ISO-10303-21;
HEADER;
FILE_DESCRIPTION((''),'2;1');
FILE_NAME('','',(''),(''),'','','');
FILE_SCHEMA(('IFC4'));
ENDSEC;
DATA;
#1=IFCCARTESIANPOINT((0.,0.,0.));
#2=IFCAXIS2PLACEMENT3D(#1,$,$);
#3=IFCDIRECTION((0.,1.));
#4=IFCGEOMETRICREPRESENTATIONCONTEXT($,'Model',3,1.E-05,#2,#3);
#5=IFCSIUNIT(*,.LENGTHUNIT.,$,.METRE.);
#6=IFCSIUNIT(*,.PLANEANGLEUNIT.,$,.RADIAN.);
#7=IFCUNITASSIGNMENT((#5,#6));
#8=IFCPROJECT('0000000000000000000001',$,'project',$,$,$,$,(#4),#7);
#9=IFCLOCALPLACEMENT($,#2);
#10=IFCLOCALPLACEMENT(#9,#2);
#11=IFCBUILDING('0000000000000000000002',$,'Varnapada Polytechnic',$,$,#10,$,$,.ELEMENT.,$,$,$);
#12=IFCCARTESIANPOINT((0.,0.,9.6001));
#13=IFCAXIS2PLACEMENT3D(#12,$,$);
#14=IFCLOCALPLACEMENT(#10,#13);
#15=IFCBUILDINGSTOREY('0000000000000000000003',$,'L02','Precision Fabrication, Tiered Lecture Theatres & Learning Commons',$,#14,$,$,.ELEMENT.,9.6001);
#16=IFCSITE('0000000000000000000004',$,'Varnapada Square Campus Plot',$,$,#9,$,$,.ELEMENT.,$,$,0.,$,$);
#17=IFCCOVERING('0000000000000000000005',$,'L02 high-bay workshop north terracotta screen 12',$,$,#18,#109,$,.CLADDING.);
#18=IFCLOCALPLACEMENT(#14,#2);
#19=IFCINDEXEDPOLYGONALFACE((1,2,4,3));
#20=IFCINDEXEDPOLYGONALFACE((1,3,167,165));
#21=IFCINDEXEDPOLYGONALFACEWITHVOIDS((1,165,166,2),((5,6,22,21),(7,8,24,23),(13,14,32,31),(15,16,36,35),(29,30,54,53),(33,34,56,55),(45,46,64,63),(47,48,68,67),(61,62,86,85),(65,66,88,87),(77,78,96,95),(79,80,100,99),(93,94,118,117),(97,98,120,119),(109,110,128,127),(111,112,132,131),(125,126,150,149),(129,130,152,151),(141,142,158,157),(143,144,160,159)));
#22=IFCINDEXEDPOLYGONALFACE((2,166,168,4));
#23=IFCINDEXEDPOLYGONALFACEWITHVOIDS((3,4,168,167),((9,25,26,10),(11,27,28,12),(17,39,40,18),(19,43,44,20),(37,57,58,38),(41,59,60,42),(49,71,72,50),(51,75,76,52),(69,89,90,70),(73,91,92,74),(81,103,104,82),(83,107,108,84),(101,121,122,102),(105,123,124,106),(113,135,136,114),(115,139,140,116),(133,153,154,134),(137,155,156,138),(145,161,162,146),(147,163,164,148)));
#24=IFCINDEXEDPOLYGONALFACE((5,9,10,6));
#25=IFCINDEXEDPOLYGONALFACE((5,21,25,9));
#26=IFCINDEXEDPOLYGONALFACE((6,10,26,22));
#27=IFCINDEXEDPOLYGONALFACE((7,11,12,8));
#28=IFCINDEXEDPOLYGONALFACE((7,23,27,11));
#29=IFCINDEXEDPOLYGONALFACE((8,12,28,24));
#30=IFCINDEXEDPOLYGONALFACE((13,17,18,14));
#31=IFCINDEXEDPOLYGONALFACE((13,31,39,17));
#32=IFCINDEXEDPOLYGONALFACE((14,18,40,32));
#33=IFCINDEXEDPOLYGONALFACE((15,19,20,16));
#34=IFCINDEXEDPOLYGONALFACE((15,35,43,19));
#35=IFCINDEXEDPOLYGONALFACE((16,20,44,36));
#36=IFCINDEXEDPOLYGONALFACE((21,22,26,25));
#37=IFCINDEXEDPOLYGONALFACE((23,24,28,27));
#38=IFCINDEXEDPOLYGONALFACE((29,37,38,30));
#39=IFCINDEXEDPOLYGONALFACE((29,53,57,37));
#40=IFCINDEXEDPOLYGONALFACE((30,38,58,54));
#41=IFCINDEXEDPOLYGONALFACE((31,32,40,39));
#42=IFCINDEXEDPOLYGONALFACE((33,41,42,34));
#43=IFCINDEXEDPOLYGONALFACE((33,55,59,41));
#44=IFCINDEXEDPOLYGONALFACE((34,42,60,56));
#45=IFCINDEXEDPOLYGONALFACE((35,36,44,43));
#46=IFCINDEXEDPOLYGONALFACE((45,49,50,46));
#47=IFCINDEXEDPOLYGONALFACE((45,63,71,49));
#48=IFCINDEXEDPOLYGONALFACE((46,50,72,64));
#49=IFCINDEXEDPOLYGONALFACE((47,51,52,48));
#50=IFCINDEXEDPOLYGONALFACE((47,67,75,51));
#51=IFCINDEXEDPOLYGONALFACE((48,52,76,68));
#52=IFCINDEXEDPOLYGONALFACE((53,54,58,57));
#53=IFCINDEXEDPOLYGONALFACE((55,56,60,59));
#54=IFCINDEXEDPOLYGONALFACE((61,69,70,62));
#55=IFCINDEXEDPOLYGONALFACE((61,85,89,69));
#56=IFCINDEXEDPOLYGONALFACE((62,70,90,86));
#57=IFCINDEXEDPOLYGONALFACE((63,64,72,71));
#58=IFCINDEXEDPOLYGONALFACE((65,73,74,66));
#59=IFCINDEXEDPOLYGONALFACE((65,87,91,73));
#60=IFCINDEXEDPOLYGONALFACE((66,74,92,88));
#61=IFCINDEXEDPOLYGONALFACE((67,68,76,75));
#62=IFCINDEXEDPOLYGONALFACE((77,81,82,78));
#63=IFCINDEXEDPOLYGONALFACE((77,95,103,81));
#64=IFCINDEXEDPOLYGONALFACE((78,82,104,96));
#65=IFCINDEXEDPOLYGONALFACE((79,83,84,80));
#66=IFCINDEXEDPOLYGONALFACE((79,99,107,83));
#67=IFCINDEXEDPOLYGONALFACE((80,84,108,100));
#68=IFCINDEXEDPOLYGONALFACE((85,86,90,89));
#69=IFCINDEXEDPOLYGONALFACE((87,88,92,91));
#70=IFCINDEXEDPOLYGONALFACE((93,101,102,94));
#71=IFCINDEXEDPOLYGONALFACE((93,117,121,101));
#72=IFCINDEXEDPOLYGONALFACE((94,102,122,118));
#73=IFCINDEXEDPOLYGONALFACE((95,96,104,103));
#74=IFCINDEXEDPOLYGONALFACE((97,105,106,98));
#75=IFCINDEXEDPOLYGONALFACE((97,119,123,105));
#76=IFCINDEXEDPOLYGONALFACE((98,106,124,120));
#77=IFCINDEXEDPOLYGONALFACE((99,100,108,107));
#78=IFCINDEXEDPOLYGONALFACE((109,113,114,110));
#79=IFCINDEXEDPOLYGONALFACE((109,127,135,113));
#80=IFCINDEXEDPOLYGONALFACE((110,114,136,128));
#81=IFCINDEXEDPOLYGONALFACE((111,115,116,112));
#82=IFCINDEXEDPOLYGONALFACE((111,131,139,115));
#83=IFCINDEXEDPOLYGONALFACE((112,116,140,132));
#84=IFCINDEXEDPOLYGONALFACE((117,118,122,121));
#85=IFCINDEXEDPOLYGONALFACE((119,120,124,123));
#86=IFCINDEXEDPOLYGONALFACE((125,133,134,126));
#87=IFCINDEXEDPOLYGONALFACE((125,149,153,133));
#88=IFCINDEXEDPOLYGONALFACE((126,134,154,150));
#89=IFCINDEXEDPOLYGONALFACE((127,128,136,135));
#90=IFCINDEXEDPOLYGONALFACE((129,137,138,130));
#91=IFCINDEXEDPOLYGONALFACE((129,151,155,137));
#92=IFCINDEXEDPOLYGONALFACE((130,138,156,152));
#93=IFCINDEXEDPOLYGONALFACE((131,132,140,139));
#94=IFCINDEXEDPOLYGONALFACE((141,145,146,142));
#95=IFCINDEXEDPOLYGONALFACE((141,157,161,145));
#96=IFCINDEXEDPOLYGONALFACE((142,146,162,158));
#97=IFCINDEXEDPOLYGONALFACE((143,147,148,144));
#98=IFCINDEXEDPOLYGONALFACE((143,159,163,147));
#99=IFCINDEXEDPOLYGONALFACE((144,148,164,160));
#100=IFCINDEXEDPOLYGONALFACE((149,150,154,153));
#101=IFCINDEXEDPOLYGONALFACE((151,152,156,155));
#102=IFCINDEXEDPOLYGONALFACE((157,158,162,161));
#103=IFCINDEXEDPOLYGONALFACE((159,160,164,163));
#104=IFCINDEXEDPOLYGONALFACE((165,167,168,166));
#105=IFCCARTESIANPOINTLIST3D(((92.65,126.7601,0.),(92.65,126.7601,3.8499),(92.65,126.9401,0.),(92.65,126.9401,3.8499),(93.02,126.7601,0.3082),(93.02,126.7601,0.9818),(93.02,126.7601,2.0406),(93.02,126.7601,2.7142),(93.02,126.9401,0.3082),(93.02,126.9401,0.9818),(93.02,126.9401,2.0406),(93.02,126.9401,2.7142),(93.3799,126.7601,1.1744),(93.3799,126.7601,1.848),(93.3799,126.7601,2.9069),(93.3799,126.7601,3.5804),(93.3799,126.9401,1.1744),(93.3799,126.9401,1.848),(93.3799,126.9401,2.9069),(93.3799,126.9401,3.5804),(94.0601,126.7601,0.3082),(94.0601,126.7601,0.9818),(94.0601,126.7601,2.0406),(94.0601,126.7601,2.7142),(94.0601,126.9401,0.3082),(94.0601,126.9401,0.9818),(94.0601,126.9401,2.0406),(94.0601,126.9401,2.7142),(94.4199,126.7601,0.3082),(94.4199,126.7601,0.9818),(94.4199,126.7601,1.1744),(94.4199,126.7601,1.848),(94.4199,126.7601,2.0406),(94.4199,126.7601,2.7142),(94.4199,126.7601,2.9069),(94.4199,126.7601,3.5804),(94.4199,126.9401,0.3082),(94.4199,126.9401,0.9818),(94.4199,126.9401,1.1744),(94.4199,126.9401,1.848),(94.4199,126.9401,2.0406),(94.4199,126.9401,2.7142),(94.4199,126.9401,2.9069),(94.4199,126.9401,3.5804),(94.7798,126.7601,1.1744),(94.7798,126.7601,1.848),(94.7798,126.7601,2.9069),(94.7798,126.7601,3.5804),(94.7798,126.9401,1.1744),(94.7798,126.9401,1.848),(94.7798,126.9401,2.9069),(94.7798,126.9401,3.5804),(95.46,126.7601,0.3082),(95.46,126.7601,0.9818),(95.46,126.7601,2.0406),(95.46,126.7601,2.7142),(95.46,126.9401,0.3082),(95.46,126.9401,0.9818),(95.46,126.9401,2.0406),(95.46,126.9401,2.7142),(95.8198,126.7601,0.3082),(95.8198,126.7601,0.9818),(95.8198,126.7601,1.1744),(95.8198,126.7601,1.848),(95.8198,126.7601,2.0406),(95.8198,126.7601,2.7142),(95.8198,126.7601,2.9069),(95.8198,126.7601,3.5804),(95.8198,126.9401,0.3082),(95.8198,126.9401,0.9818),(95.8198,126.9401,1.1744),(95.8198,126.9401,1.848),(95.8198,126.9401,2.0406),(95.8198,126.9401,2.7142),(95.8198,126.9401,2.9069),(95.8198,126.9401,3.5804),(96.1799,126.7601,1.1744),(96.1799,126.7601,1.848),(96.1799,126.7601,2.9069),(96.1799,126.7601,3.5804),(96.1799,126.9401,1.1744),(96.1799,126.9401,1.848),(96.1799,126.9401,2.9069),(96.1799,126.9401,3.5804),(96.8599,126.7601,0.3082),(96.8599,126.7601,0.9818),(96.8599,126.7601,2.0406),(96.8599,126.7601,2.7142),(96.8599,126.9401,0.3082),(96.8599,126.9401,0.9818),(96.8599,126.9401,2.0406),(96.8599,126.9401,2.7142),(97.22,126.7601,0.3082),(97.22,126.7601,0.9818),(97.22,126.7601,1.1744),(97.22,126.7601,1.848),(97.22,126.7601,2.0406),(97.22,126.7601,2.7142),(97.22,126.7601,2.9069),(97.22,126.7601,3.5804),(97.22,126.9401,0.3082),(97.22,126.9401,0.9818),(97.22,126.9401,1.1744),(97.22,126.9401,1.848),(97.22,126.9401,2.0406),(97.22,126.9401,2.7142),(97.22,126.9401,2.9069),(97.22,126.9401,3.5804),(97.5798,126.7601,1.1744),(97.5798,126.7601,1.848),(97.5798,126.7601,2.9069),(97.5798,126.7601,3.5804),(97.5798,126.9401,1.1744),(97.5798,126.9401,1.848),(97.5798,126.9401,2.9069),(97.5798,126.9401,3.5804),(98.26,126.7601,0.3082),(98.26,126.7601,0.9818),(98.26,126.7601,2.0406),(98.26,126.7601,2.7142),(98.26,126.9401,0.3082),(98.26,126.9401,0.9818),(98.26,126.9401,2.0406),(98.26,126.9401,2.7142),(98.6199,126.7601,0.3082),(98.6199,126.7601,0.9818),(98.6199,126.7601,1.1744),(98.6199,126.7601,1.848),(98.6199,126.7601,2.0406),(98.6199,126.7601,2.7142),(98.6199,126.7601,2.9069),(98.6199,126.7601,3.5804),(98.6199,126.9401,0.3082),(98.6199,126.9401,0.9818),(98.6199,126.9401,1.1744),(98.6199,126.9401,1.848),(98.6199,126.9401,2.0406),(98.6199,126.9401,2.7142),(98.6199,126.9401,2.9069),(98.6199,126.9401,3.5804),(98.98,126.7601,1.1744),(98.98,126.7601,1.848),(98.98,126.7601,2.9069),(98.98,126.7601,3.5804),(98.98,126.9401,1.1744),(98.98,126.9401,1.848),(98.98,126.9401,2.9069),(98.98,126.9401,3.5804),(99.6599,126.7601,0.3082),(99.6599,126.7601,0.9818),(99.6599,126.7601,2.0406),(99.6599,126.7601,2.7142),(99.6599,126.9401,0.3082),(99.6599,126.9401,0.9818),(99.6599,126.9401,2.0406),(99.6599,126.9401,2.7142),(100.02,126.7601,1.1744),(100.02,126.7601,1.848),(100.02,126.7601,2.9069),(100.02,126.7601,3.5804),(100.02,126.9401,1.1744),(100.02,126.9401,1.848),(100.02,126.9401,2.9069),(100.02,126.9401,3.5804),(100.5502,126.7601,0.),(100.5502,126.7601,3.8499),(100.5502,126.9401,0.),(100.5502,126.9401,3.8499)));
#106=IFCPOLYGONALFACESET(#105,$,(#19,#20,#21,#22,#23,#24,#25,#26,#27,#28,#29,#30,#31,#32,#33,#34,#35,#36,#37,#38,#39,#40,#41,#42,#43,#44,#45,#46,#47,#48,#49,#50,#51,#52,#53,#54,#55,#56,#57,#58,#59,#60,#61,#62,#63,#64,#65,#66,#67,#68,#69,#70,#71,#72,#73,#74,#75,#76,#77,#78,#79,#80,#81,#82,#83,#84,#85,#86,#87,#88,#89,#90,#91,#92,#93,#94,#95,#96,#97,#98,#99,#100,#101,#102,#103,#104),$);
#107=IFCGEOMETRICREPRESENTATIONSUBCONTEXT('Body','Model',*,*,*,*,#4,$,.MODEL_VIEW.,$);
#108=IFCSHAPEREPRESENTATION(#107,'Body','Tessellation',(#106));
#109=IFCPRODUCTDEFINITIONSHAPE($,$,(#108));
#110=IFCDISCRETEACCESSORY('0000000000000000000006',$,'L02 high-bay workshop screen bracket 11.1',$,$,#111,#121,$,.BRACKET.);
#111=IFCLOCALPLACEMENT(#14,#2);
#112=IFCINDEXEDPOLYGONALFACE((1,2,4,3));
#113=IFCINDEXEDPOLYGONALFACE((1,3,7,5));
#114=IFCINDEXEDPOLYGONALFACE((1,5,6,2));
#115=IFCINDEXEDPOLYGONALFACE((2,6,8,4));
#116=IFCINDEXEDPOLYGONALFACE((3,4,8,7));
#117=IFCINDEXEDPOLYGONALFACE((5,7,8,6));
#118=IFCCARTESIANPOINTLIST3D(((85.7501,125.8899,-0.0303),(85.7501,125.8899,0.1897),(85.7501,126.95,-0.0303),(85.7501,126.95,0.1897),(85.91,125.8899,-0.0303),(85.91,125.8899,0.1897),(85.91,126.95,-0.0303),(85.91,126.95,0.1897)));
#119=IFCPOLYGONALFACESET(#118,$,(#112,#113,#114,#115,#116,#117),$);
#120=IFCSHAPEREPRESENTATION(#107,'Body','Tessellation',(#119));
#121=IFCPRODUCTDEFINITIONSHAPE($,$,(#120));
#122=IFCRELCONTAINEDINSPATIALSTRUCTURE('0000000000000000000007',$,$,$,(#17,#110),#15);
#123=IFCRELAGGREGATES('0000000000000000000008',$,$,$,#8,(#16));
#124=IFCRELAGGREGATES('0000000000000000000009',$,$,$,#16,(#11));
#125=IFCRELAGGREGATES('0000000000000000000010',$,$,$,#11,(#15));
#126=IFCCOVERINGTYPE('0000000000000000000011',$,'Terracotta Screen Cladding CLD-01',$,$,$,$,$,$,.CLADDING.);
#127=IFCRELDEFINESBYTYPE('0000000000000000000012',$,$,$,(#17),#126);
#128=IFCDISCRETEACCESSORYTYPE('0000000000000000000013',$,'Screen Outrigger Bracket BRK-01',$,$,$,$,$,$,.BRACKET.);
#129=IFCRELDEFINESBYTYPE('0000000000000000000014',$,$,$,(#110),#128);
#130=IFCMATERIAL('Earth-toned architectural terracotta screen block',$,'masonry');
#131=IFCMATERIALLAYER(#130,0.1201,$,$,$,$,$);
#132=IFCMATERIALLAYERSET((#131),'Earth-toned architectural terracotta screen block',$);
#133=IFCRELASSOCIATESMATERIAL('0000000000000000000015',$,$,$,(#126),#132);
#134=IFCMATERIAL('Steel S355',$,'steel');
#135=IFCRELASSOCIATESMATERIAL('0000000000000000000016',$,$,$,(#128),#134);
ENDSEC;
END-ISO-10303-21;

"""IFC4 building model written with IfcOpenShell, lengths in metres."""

from ifc_helpers import new_model, si_unit, direction, frame, frame_2d, origin, origin_2d, place, context, subcontext, project, spatial, rectangle, extrude, material, layer, layer_set, type_object, element, save


model = new_model("IFC4")

# Units and contexts
model_context = context("Model", 3, precision=1e-05, world=origin(), true_north=direction((0.0, 1.0)))
body_context = subcontext(model_context, "Body", "Model", "MODEL_VIEW")
ifc_project = project(units=[si_unit("LENGTHUNIT", "METRE"), si_unit("PLANEANGLEUNIT", "RADIAN")], contexts=[model_context])

# Site, building, storey
site_placement = place(None, origin())
site = spatial("IfcSite", under=ifc_project, at=site_placement, Name="Varnapada Square Campus Plot", CompositionType="ELEMENT", RefElevation=0.0)
building_placement = place(site_placement, origin())
building = spatial("IfcBuilding", under=site, at=building_placement, Name="Varnapada Polytechnic", CompositionType="ELEMENT")
storey_placement = place(building_placement, frame((0.0, 0.0, 9.6001)))
storey = spatial("IfcBuildingStorey", under=building, at=storey_placement, Name="L02", Description="Precision Fabrication, Tiered Lecture Theatres & Learning Commons", CompositionType="ELEMENT", Elevation=9.6001)

# Covering, openings
ifc_material_1 = material(Name="Earth-toned architectural terracotta screen block", Category="masonry")
ifc_layer = layer(ifc_material_1, 0.1201)
ifc_layer_set = layer_set([ifc_layer], Name="Earth-toned architectural terracotta screen block")
covering_type = type_object("IfcCoveringType", Name="Terracotta Screen Cladding CLD-01", PredefinedType="CLADDING", material=ifc_layer_set)
covering_placement = place(storey_placement, frame((92.6499, 126.8501, 0.0), z_axis=(0.0, 0.0, 1.0), x_axis=(1.0, 0.0, 0.0)))
covering = element("IfcCovering", 1, at=covering_placement, inside=storey, type_object=covering_type, Name="L02 high-bay workshop north terracotta screen 12", PredefinedType="CLADDING", context=body_context, shape_type="SweptSolid", body=[
    extrude(rectangle(XDim=7.9001, YDim=0.1799, at=frame_2d((3.9502, 0.0))), origin(), (0.0, 0.0, 1.0), 3.8499),
])
opening_1_placement = place(covering_placement, frame((0.3701, 0.0, 0.3081)))
element("IfcOpeningElement", 2, at=opening_1_placement, cuts=covering, PredefinedType="OPENING", context=body_context, shape_type="SweptSolid", body=[
    extrude(rectangle(XDim=1.04, YDim=0.6736, at=frame_2d((0.52, 0.3369))), frame((0.0, 0.0999, 0.0), z_axis=(0.0, -1.0, 0.0), x_axis=(1.0, 0.0, 0.0)), (0.0, 0.0, 1.0), 0.2),
])
opening_2_placement = place(covering_placement, frame((1.77, 0.0, 0.3081)))
element("IfcOpeningElement", 3, at=opening_2_placement, cuts=covering, PredefinedType="OPENING", context=body_context, shape_type="SweptSolid", body=[
    extrude(rectangle(XDim=1.04, YDim=0.6736, at=frame_2d((0.52, 0.3369))), frame((0.0, 0.0999, 0.0), z_axis=(0.0, -1.0, 0.0), x_axis=(1.0, 0.0, 0.0)), (0.0, 0.0, 1.0), 0.2),
])
opening_3_placement = place(covering_placement, frame((3.1699, 0.0, 0.3081)))
element("IfcOpeningElement", 4, at=opening_3_placement, cuts=covering, PredefinedType="OPENING", context=body_context, shape_type="SweptSolid", body=[
    extrude(rectangle(XDim=1.04, YDim=0.6736, at=frame_2d((0.52, 0.3369))), frame((0.0, 0.0999, 0.0), z_axis=(0.0, -1.0, 0.0), x_axis=(1.0, 0.0, 0.0)), (0.0, 0.0, 1.0), 0.2),
])
opening_4_placement = place(covering_placement, frame((4.5701, 0.0, 0.3081)))
element("IfcOpeningElement", 5, at=opening_4_placement, cuts=covering, PredefinedType="OPENING", context=body_context, shape_type="SweptSolid", body=[
    extrude(rectangle(XDim=1.04, YDim=0.6736, at=frame_2d((0.52, 0.3369))), frame((0.0, 0.0999, 0.0), z_axis=(0.0, -1.0, 0.0), x_axis=(1.0, 0.0, 0.0)), (0.0, 0.0, 1.0), 0.2),
])
opening_5_placement = place(covering_placement, frame((5.97, 0.0, 0.3081)))
element("IfcOpeningElement", 6, at=opening_5_placement, cuts=covering, PredefinedType="OPENING", context=body_context, shape_type="SweptSolid", body=[
    extrude(rectangle(XDim=1.04, YDim=0.6736, at=frame_2d((0.52, 0.3369))), frame((0.0, 0.0999, 0.0), z_axis=(0.0, -1.0, 0.0), x_axis=(1.0, 0.0, 0.0)), (0.0, 0.0, 1.0), 0.2),
])
opening_6_placement = place(covering_placement, frame((0.73, 0.0, 1.1743)))
element("IfcOpeningElement", 7, at=opening_6_placement, cuts=covering, PredefinedType="OPENING", context=body_context, shape_type="SweptSolid", body=[
    extrude(rectangle(XDim=1.04, YDim=0.6736, at=frame_2d((0.52, 0.3369))), frame((0.0, 0.0999, 0.0), z_axis=(0.0, -1.0, 0.0), x_axis=(1.0, 0.0, 0.0)), (0.0, 0.0, 1.0), 0.2),
])
opening_7_placement = place(covering_placement, frame((2.1299, 0.0, 1.1743)))
element("IfcOpeningElement", 8, at=opening_7_placement, cuts=covering, PredefinedType="OPENING", context=body_context, shape_type="SweptSolid", body=[
    extrude(rectangle(XDim=1.04, YDim=0.6736, at=frame_2d((0.52, 0.3369))), frame((0.0, 0.0999, 0.0), z_axis=(0.0, -1.0, 0.0), x_axis=(1.0, 0.0, 0.0)), (0.0, 0.0, 1.0), 0.2),
])
opening_8_placement = place(covering_placement, frame((3.53, 0.0, 1.1743)))
element("IfcOpeningElement", 9, at=opening_8_placement, cuts=covering, PredefinedType="OPENING", context=body_context, shape_type="SweptSolid", body=[
    extrude(rectangle(XDim=1.04, YDim=0.6736, at=frame_2d((0.52, 0.3369))), frame((0.0, 0.0999, 0.0), z_axis=(0.0, -1.0, 0.0), x_axis=(1.0, 0.0, 0.0)), (0.0, 0.0, 1.0), 0.2),
])
opening_9_placement = place(covering_placement, frame((4.9299, 0.0, 1.1743)))
element("IfcOpeningElement", 10, at=opening_9_placement, cuts=covering, PredefinedType="OPENING", context=body_context, shape_type="SweptSolid", body=[
    extrude(rectangle(XDim=1.04, YDim=0.6736, at=frame_2d((0.52, 0.3369))), frame((0.0, 0.0999, 0.0), z_axis=(0.0, -1.0, 0.0), x_axis=(1.0, 0.0, 0.0)), (0.0, 0.0, 1.0), 0.2),
])
opening_10_placement = place(covering_placement, frame((6.3301, 0.0, 1.1743)))
element("IfcOpeningElement", 11, at=opening_10_placement, cuts=covering, PredefinedType="OPENING", context=body_context, shape_type="SweptSolid", body=[
    extrude(rectangle(XDim=1.04, YDim=0.6736, at=frame_2d((0.52, 0.3369))), frame((0.0, 0.0999, 0.0), z_axis=(0.0, -1.0, 0.0), x_axis=(1.0, 0.0, 0.0)), (0.0, 0.0, 1.0), 0.2),
])
opening_11_placement = place(covering_placement, frame((0.3701, 0.0, 2.0405)))
element("IfcOpeningElement", 12, at=opening_11_placement, cuts=covering, PredefinedType="OPENING", context=body_context, shape_type="SweptSolid", body=[
    extrude(rectangle(XDim=1.04, YDim=0.6736, at=frame_2d((0.52, 0.3369))), frame((0.0, 0.0999, 0.0), z_axis=(0.0, -1.0, 0.0), x_axis=(1.0, 0.0, 0.0)), (0.0, 0.0, 1.0), 0.2),
])
opening_12_placement = place(covering_placement, frame((1.77, 0.0, 2.0405)))
element("IfcOpeningElement", 13, at=opening_12_placement, cuts=covering, PredefinedType="OPENING", context=body_context, shape_type="SweptSolid", body=[
    extrude(rectangle(XDim=1.04, YDim=0.6736, at=frame_2d((0.52, 0.3369))), frame((0.0, 0.0999, 0.0), z_axis=(0.0, -1.0, 0.0), x_axis=(1.0, 0.0, 0.0)), (0.0, 0.0, 1.0), 0.2),
])
opening_13_placement = place(covering_placement, frame((3.1699, 0.0, 2.0405)))
element("IfcOpeningElement", 14, at=opening_13_placement, cuts=covering, PredefinedType="OPENING", context=body_context, shape_type="SweptSolid", body=[
    extrude(rectangle(XDim=1.04, YDim=0.6736, at=frame_2d((0.52, 0.3369))), frame((0.0, 0.0999, 0.0), z_axis=(0.0, -1.0, 0.0), x_axis=(1.0, 0.0, 0.0)), (0.0, 0.0, 1.0), 0.2),
])
opening_14_placement = place(covering_placement, frame((4.5701, 0.0, 2.0405)))
element("IfcOpeningElement", 15, at=opening_14_placement, cuts=covering, PredefinedType="OPENING", context=body_context, shape_type="SweptSolid", body=[
    extrude(rectangle(XDim=1.04, YDim=0.6736, at=frame_2d((0.52, 0.3369))), frame((0.0, 0.0999, 0.0), z_axis=(0.0, -1.0, 0.0), x_axis=(1.0, 0.0, 0.0)), (0.0, 0.0, 1.0), 0.2),
])
opening_15_placement = place(covering_placement, frame((5.97, 0.0, 2.0405)))
element("IfcOpeningElement", 16, at=opening_15_placement, cuts=covering, PredefinedType="OPENING", context=body_context, shape_type="SweptSolid", body=[
    extrude(rectangle(XDim=1.04, YDim=0.6736, at=frame_2d((0.52, 0.3369))), frame((0.0, 0.0999, 0.0), z_axis=(0.0, -1.0, 0.0), x_axis=(1.0, 0.0, 0.0)), (0.0, 0.0, 1.0), 0.2),
])
opening_16_placement = place(covering_placement, frame((0.73, 0.0, 2.9067)))
element("IfcOpeningElement", 17, at=opening_16_placement, cuts=covering, PredefinedType="OPENING", context=body_context, shape_type="SweptSolid", body=[
    extrude(rectangle(XDim=1.04, YDim=0.6736, at=frame_2d((0.52, 0.3369))), frame((0.0, 0.0999, 0.0), z_axis=(0.0, -1.0, 0.0), x_axis=(1.0, 0.0, 0.0)), (0.0, 0.0, 1.0), 0.2),
])
opening_17_placement = place(covering_placement, frame((2.1299, 0.0, 2.9067)))
element("IfcOpeningElement", 18, at=opening_17_placement, cuts=covering, PredefinedType="OPENING", context=body_context, shape_type="SweptSolid", body=[
    extrude(rectangle(XDim=1.04, YDim=0.6736, at=frame_2d((0.52, 0.3369))), frame((0.0, 0.0999, 0.0), z_axis=(0.0, -1.0, 0.0), x_axis=(1.0, 0.0, 0.0)), (0.0, 0.0, 1.0), 0.2),
])
opening_18_placement = place(covering_placement, frame((3.53, 0.0, 2.9067)))
element("IfcOpeningElement", 19, at=opening_18_placement, cuts=covering, PredefinedType="OPENING", context=body_context, shape_type="SweptSolid", body=[
    extrude(rectangle(XDim=1.04, YDim=0.6736, at=frame_2d((0.52, 0.3369))), frame((0.0, 0.0999, 0.0), z_axis=(0.0, -1.0, 0.0), x_axis=(1.0, 0.0, 0.0)), (0.0, 0.0, 1.0), 0.2),
])
opening_19_placement = place(covering_placement, frame((4.9299, 0.0, 2.9067)))
element("IfcOpeningElement", 20, at=opening_19_placement, cuts=covering, PredefinedType="OPENING", context=body_context, shape_type="SweptSolid", body=[
    extrude(rectangle(XDim=1.04, YDim=0.6736, at=frame_2d((0.52, 0.3369))), frame((0.0, 0.0999, 0.0), z_axis=(0.0, -1.0, 0.0), x_axis=(1.0, 0.0, 0.0)), (0.0, 0.0, 1.0), 0.2),
])
opening_20_placement = place(covering_placement, frame((6.3301, 0.0, 2.9067)))
element("IfcOpeningElement", 21, at=opening_20_placement, cuts=covering, PredefinedType="OPENING", context=body_context, shape_type="SweptSolid", body=[
    extrude(rectangle(XDim=1.04, YDim=0.6736, at=frame_2d((0.52, 0.3369))), frame((0.0, 0.0999, 0.0), z_axis=(0.0, -1.0, 0.0), x_axis=(1.0, 0.0, 0.0)), (0.0, 0.0, 1.0), 0.2),
])

# Discrete accessory
ifc_material_2 = material(Name="Steel S355", Category="steel")
discrete_accessory_type = type_object("IfcDiscreteAccessoryType", Name="Screen Outrigger Bracket BRK-01", PredefinedType="BRACKET", material=ifc_material_2)
for number, where, z_axis, x_axis, name in (
    (22, (85.8301, 126.4199, -0.0303), (0.0, 0.0, 1.0), (1.0, 0.0, 0.0), "L02 high-bay workshop screen bracket 11.1"),
):
    element("IfcDiscreteAccessory", number, at=place(storey_placement, frame(where, z_axis=z_axis, x_axis=x_axis)), inside=storey, type_object=discrete_accessory_type, Name=name, PredefinedType="BRACKET", context=body_context, shape_type="SweptSolid", body=[
        extrude(rectangle(XDim=0.1599, YDim=1.0601, at=origin_2d()), origin(), (0.0, 0.0, 1.0), 0.22),
    ])

save(model, "model.ifc")
